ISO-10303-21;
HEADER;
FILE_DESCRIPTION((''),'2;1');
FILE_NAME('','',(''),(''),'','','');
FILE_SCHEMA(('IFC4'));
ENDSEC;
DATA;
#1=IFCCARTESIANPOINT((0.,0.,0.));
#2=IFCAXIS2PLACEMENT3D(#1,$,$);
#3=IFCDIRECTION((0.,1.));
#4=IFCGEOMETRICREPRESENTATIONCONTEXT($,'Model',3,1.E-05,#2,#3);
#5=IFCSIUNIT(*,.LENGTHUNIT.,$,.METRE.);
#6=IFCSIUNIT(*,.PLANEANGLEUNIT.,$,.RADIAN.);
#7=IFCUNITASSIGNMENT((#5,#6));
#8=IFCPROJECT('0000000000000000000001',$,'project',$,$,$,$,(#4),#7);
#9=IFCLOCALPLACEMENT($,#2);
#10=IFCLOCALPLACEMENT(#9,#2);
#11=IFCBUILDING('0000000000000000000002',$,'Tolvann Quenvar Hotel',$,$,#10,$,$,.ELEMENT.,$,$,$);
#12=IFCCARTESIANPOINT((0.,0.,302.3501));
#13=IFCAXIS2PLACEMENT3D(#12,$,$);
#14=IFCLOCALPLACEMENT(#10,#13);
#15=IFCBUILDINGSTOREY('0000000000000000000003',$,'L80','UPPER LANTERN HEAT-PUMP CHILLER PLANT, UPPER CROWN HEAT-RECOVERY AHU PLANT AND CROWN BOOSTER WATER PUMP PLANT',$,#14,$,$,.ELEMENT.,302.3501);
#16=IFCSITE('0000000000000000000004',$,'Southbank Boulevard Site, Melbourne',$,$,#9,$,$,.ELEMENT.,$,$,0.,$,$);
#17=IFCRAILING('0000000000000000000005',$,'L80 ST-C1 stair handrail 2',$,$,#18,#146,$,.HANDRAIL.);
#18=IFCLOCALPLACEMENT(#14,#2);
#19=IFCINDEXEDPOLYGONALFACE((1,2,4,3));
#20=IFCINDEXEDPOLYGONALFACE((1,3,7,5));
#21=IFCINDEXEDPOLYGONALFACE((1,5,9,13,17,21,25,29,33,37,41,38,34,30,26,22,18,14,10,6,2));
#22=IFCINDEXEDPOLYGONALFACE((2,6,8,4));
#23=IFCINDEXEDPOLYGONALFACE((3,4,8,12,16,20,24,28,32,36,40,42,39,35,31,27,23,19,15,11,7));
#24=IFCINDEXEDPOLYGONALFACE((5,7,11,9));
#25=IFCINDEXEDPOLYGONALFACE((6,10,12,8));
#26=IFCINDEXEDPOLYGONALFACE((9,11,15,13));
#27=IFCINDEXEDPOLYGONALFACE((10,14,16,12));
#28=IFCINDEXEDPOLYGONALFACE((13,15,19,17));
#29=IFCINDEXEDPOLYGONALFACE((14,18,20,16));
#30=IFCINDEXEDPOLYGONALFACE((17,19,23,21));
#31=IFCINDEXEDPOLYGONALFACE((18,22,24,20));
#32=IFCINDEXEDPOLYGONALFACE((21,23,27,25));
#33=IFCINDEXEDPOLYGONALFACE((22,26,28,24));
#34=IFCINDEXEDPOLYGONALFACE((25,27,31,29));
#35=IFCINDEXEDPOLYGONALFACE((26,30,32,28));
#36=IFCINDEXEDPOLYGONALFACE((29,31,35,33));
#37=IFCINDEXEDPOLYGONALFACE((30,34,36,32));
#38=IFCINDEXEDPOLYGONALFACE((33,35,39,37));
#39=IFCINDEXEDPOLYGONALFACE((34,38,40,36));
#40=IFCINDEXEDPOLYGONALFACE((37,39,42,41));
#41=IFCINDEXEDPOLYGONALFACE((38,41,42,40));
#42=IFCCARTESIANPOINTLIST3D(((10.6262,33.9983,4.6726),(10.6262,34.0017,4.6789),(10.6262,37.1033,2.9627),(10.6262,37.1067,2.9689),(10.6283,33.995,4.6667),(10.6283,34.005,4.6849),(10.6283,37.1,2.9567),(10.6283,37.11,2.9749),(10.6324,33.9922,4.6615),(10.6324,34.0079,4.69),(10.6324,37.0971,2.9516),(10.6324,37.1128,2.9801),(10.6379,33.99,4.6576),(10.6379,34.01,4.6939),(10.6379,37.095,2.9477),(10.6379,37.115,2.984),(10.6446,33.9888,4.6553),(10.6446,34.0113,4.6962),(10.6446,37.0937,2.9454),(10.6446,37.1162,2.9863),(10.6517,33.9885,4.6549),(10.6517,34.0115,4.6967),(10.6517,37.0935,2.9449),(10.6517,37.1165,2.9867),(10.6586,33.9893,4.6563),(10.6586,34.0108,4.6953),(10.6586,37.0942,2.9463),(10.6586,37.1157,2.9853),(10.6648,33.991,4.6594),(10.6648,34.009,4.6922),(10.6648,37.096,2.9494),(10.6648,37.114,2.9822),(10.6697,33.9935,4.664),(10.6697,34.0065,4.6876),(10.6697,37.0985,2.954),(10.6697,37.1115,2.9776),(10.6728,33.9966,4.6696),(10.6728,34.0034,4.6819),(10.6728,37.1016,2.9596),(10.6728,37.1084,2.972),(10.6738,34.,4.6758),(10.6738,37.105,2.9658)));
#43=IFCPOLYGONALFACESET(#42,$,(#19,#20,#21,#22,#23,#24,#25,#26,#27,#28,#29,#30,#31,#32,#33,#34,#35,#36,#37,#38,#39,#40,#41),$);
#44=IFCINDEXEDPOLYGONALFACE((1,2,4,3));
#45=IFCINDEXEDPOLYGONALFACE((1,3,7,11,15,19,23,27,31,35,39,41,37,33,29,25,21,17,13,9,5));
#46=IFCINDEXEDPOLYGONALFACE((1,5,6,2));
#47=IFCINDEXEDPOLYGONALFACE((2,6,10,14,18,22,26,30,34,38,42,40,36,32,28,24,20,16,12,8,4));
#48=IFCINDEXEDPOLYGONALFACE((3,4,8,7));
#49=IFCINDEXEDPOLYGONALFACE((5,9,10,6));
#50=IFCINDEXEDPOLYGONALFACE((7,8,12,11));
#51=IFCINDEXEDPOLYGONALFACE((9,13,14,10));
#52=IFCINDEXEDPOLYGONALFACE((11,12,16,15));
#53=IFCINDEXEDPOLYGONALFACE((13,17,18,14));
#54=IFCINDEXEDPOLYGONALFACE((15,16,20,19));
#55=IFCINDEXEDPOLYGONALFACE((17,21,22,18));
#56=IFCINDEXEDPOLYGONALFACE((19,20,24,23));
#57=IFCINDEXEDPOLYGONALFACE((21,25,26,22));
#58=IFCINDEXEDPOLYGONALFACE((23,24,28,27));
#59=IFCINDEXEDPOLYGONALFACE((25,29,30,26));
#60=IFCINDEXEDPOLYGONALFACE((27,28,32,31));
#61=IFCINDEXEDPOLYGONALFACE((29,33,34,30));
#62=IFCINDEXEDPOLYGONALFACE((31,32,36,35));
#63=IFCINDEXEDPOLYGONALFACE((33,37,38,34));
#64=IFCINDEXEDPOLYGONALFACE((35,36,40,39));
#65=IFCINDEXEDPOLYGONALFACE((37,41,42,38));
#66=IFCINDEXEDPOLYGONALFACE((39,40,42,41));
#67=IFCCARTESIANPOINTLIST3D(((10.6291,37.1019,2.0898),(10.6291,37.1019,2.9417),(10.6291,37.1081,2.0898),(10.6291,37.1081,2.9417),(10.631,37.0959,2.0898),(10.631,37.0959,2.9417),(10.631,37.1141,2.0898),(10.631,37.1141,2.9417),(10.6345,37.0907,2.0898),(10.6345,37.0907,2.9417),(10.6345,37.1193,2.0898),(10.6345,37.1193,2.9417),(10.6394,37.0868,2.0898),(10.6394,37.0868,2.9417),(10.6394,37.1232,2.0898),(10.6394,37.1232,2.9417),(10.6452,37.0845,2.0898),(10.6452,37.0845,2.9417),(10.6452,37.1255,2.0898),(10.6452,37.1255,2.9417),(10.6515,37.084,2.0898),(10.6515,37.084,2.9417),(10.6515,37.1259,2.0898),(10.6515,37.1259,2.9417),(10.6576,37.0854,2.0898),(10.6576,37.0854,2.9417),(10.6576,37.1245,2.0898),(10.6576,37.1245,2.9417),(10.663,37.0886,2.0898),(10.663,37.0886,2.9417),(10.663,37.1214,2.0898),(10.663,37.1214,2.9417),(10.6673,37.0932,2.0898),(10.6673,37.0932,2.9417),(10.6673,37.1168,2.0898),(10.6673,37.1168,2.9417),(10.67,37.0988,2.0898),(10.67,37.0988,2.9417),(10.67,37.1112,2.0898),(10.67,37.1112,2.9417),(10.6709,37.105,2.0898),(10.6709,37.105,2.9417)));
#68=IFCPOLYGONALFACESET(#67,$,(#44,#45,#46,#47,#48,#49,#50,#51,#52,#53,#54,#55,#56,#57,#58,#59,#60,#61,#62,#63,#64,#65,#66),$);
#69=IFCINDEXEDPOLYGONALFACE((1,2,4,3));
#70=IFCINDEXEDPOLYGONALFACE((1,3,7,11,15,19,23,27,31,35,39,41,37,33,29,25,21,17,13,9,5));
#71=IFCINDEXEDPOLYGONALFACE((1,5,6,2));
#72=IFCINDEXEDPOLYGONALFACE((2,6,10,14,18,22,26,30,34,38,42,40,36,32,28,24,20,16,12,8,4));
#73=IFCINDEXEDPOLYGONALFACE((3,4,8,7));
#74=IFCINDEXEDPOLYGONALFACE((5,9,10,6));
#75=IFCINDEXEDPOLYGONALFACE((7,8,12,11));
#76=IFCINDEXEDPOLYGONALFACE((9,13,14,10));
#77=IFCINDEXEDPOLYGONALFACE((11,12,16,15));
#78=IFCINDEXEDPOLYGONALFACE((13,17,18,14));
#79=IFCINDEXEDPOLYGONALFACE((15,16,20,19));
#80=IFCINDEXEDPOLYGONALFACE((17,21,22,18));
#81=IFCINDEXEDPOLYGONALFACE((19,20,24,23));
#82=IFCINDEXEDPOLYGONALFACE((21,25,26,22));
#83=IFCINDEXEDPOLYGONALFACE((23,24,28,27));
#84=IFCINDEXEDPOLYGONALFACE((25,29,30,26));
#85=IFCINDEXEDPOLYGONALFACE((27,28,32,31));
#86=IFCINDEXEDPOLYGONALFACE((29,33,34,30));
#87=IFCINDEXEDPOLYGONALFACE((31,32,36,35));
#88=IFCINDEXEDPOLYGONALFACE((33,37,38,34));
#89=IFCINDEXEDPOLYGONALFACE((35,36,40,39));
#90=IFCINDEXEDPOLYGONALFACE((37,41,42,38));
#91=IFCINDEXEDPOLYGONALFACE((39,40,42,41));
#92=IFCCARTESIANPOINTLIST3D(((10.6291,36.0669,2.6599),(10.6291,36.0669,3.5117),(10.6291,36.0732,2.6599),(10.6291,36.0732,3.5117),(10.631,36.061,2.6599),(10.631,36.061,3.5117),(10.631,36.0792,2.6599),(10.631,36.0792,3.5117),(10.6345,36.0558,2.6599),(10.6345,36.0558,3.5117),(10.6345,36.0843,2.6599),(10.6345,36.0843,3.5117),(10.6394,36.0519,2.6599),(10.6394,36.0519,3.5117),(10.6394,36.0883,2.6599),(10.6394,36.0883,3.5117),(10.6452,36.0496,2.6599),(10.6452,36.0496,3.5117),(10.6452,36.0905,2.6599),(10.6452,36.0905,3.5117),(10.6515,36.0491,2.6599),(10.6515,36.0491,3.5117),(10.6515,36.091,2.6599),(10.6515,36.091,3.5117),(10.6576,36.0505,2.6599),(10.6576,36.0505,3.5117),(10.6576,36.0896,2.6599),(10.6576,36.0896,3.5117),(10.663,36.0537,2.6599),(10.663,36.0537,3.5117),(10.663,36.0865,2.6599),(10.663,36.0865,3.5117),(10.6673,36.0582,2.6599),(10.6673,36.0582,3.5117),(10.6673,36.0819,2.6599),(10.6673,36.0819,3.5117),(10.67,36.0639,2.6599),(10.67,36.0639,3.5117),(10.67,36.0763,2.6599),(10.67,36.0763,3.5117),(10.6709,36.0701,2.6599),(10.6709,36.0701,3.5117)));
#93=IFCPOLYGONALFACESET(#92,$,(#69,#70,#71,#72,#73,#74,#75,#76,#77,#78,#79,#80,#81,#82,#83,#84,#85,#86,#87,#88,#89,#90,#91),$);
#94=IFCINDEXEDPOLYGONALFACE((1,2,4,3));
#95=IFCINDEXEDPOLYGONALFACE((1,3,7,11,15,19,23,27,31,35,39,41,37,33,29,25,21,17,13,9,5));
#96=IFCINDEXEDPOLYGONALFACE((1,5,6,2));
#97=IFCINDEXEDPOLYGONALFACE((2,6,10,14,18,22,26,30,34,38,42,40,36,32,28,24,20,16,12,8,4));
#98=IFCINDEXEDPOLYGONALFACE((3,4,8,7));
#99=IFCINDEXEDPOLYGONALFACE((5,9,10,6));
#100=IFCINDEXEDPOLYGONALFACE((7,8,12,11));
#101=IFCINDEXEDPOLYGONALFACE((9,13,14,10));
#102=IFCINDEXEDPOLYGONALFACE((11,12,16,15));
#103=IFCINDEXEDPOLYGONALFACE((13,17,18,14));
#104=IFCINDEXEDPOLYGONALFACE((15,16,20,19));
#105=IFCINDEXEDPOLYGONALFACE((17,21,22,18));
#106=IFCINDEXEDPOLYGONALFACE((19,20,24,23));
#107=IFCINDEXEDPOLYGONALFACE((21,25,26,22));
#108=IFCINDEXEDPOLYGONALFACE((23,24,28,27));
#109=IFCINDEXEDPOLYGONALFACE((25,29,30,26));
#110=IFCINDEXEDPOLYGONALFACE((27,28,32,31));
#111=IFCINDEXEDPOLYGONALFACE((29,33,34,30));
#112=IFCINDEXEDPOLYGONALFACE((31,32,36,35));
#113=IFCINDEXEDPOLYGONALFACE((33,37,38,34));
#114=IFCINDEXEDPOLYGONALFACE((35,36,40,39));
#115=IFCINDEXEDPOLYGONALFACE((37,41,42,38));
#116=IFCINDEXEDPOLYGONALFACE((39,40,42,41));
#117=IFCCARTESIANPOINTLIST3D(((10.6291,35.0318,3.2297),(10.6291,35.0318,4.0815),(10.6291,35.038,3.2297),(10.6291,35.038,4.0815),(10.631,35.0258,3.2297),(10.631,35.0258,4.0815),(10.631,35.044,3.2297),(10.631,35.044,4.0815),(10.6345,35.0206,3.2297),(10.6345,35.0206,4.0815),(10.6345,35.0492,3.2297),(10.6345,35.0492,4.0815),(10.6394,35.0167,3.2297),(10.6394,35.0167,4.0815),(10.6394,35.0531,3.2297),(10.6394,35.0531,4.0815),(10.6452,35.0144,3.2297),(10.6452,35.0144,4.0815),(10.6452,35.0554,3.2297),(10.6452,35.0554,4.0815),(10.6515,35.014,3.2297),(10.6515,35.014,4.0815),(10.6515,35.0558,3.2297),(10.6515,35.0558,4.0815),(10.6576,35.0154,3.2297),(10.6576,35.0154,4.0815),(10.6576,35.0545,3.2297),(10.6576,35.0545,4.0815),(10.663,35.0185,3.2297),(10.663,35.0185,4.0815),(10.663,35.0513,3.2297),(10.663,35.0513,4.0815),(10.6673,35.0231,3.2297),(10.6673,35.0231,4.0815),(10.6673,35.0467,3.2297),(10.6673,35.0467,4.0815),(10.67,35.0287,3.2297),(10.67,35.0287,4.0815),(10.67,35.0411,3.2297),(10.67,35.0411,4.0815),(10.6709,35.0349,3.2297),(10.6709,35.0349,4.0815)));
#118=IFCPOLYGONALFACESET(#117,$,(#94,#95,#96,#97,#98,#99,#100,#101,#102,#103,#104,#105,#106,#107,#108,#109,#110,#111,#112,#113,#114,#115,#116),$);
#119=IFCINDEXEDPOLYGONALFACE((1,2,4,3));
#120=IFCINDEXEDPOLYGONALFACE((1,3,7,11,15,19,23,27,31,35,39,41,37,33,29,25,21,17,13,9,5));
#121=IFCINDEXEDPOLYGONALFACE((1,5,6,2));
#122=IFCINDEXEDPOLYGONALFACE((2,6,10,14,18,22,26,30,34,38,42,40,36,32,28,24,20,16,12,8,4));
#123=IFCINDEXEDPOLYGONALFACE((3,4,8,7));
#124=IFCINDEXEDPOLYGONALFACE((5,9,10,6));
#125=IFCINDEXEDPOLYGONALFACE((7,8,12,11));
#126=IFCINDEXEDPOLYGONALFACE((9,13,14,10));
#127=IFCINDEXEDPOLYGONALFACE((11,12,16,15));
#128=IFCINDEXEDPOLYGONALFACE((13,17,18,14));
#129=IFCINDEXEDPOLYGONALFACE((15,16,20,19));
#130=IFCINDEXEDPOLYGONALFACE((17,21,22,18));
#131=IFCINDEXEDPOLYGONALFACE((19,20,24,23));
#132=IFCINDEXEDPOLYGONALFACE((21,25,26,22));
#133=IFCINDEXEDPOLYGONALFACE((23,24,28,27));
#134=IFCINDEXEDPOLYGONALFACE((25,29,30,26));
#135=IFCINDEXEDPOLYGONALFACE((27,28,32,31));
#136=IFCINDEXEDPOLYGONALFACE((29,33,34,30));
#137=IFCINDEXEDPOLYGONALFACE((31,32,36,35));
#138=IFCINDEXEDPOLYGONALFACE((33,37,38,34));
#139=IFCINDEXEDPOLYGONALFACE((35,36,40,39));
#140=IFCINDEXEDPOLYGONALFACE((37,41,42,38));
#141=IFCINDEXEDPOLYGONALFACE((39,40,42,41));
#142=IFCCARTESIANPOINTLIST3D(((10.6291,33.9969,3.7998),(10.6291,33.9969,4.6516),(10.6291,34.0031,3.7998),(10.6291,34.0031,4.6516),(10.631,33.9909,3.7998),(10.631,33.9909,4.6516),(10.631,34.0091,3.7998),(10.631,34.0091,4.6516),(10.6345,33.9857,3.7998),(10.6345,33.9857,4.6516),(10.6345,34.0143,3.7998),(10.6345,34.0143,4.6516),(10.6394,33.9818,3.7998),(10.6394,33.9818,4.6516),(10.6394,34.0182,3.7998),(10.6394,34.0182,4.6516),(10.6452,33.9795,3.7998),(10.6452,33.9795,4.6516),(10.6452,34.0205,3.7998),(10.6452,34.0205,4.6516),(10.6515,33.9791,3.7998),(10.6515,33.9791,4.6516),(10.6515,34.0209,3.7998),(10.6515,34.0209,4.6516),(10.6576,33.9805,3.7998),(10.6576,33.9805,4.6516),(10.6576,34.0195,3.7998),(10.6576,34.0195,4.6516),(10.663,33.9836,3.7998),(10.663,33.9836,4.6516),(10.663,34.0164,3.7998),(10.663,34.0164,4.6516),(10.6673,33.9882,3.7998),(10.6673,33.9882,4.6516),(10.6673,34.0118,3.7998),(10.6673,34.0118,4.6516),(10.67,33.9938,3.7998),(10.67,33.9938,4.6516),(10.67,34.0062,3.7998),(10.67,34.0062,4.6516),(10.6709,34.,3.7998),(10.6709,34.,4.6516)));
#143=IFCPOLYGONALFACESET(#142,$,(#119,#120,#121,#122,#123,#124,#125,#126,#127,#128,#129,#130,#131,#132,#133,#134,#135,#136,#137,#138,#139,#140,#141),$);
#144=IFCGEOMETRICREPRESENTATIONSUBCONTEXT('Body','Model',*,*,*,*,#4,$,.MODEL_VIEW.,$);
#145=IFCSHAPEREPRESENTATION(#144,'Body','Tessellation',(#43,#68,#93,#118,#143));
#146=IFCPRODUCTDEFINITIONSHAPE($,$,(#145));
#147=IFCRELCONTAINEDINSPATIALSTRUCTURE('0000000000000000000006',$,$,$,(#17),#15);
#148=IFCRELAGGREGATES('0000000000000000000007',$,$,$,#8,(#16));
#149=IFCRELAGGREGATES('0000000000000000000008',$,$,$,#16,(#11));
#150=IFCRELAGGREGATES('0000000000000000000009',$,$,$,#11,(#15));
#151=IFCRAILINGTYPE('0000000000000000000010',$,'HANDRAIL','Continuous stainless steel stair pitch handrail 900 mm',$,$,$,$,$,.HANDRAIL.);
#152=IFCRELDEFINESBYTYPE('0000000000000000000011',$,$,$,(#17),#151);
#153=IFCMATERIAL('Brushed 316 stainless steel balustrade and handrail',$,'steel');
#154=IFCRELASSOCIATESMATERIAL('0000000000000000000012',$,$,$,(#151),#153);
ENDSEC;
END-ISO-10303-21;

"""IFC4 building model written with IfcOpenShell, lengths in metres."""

from ifc_helpers import new_model, si_unit, direction, frame, origin, origin_2d, place, context, subcontext, project, spatial, circle, extrude, material, type_object, element, save


model = new_model("IFC4")

# Units and contexts
model_context = context("Model", 3, precision=1e-05, world=origin(), true_north=direction((0.0, 1.0)))
body_context = subcontext(model_context, "Body", "Model", "MODEL_VIEW")
ifc_project = project(units=[si_unit("LENGTHUNIT", "METRE"), si_unit("PLANEANGLEUNIT", "RADIAN")], contexts=[model_context])

# Site, building, storey
site_placement = place(None, origin())
site = spatial("IfcSite", under=ifc_project, at=site_placement, Name="Southbank Boulevard Site, Melbourne", CompositionType="ELEMENT", RefElevation=0.0)
building_placement = place(site_placement, origin())
building = spatial("IfcBuilding", under=site, at=building_placement, Name="Tolvann Quenvar Hotel", CompositionType="ELEMENT")
storey_placement = place(building_placement, frame((0.0, 0.0, 302.3501)))
storey = spatial("IfcBuildingStorey", under=building, at=storey_placement, Name="L80", Description="UPPER LANTERN HEAT-PUMP CHILLER PLANT, UPPER CROWN HEAT-RECOVERY AHU PLANT AND CROWN BOOSTER WATER PUMP PLANT", CompositionType="ELEMENT", Elevation=302.3501)

# Railing
ifc_material_1 = material(Name="Brushed 316 stainless steel balustrade and handrail", Category="steel")
railing_type_1 = type_object("IfcRailingType", Name="HANDRAIL", Description="Continuous stainless steel stair pitch handrail 900 mm", PredefinedType="HANDRAIL", material=ifc_material_1)
railing_1_placement = place(storey_placement, frame((10.6499, 37.105, 2.0898)))
element("IfcRailing", 1, at=railing_1_placement, inside=storey, type_object=railing_type_1, Name="L80 ST-C1 stair handrail 2", PredefinedType="HANDRAIL", context=body_context, shape_type="SweptSolid", body=[
    extrude(circle(Radius=0.0239, at=origin_2d()), frame((0.0, 0.0, 0.876), z_axis=(0.0, -0.875951, 0.4824), x_axis=(1.0, 0.0, 0.0)), (0.0, 0.0, 1.0), 3.5447),
    extrude(circle(Radius=0.021, at=origin_2d()), origin(), (0.0, 0.0, 1.0), 0.8518),
    extrude(circle(Radius=0.021, at=origin_2d()), frame((0.0, -1.0349, 0.5701)), (0.0, 0.0, 1.0), 0.8518),
    extrude(circle(Radius=0.021, at=origin_2d()), frame((0.0, -2.0701, 1.1399)), (0.0, 0.0, 1.0), 0.8518),
    extrude(circle(Radius=0.021, at=origin_2d()), frame((0.0, -3.105, 1.71)), (0.0, 0.0, 1.0), 0.8518),
])

save(model, "model.ifc")
